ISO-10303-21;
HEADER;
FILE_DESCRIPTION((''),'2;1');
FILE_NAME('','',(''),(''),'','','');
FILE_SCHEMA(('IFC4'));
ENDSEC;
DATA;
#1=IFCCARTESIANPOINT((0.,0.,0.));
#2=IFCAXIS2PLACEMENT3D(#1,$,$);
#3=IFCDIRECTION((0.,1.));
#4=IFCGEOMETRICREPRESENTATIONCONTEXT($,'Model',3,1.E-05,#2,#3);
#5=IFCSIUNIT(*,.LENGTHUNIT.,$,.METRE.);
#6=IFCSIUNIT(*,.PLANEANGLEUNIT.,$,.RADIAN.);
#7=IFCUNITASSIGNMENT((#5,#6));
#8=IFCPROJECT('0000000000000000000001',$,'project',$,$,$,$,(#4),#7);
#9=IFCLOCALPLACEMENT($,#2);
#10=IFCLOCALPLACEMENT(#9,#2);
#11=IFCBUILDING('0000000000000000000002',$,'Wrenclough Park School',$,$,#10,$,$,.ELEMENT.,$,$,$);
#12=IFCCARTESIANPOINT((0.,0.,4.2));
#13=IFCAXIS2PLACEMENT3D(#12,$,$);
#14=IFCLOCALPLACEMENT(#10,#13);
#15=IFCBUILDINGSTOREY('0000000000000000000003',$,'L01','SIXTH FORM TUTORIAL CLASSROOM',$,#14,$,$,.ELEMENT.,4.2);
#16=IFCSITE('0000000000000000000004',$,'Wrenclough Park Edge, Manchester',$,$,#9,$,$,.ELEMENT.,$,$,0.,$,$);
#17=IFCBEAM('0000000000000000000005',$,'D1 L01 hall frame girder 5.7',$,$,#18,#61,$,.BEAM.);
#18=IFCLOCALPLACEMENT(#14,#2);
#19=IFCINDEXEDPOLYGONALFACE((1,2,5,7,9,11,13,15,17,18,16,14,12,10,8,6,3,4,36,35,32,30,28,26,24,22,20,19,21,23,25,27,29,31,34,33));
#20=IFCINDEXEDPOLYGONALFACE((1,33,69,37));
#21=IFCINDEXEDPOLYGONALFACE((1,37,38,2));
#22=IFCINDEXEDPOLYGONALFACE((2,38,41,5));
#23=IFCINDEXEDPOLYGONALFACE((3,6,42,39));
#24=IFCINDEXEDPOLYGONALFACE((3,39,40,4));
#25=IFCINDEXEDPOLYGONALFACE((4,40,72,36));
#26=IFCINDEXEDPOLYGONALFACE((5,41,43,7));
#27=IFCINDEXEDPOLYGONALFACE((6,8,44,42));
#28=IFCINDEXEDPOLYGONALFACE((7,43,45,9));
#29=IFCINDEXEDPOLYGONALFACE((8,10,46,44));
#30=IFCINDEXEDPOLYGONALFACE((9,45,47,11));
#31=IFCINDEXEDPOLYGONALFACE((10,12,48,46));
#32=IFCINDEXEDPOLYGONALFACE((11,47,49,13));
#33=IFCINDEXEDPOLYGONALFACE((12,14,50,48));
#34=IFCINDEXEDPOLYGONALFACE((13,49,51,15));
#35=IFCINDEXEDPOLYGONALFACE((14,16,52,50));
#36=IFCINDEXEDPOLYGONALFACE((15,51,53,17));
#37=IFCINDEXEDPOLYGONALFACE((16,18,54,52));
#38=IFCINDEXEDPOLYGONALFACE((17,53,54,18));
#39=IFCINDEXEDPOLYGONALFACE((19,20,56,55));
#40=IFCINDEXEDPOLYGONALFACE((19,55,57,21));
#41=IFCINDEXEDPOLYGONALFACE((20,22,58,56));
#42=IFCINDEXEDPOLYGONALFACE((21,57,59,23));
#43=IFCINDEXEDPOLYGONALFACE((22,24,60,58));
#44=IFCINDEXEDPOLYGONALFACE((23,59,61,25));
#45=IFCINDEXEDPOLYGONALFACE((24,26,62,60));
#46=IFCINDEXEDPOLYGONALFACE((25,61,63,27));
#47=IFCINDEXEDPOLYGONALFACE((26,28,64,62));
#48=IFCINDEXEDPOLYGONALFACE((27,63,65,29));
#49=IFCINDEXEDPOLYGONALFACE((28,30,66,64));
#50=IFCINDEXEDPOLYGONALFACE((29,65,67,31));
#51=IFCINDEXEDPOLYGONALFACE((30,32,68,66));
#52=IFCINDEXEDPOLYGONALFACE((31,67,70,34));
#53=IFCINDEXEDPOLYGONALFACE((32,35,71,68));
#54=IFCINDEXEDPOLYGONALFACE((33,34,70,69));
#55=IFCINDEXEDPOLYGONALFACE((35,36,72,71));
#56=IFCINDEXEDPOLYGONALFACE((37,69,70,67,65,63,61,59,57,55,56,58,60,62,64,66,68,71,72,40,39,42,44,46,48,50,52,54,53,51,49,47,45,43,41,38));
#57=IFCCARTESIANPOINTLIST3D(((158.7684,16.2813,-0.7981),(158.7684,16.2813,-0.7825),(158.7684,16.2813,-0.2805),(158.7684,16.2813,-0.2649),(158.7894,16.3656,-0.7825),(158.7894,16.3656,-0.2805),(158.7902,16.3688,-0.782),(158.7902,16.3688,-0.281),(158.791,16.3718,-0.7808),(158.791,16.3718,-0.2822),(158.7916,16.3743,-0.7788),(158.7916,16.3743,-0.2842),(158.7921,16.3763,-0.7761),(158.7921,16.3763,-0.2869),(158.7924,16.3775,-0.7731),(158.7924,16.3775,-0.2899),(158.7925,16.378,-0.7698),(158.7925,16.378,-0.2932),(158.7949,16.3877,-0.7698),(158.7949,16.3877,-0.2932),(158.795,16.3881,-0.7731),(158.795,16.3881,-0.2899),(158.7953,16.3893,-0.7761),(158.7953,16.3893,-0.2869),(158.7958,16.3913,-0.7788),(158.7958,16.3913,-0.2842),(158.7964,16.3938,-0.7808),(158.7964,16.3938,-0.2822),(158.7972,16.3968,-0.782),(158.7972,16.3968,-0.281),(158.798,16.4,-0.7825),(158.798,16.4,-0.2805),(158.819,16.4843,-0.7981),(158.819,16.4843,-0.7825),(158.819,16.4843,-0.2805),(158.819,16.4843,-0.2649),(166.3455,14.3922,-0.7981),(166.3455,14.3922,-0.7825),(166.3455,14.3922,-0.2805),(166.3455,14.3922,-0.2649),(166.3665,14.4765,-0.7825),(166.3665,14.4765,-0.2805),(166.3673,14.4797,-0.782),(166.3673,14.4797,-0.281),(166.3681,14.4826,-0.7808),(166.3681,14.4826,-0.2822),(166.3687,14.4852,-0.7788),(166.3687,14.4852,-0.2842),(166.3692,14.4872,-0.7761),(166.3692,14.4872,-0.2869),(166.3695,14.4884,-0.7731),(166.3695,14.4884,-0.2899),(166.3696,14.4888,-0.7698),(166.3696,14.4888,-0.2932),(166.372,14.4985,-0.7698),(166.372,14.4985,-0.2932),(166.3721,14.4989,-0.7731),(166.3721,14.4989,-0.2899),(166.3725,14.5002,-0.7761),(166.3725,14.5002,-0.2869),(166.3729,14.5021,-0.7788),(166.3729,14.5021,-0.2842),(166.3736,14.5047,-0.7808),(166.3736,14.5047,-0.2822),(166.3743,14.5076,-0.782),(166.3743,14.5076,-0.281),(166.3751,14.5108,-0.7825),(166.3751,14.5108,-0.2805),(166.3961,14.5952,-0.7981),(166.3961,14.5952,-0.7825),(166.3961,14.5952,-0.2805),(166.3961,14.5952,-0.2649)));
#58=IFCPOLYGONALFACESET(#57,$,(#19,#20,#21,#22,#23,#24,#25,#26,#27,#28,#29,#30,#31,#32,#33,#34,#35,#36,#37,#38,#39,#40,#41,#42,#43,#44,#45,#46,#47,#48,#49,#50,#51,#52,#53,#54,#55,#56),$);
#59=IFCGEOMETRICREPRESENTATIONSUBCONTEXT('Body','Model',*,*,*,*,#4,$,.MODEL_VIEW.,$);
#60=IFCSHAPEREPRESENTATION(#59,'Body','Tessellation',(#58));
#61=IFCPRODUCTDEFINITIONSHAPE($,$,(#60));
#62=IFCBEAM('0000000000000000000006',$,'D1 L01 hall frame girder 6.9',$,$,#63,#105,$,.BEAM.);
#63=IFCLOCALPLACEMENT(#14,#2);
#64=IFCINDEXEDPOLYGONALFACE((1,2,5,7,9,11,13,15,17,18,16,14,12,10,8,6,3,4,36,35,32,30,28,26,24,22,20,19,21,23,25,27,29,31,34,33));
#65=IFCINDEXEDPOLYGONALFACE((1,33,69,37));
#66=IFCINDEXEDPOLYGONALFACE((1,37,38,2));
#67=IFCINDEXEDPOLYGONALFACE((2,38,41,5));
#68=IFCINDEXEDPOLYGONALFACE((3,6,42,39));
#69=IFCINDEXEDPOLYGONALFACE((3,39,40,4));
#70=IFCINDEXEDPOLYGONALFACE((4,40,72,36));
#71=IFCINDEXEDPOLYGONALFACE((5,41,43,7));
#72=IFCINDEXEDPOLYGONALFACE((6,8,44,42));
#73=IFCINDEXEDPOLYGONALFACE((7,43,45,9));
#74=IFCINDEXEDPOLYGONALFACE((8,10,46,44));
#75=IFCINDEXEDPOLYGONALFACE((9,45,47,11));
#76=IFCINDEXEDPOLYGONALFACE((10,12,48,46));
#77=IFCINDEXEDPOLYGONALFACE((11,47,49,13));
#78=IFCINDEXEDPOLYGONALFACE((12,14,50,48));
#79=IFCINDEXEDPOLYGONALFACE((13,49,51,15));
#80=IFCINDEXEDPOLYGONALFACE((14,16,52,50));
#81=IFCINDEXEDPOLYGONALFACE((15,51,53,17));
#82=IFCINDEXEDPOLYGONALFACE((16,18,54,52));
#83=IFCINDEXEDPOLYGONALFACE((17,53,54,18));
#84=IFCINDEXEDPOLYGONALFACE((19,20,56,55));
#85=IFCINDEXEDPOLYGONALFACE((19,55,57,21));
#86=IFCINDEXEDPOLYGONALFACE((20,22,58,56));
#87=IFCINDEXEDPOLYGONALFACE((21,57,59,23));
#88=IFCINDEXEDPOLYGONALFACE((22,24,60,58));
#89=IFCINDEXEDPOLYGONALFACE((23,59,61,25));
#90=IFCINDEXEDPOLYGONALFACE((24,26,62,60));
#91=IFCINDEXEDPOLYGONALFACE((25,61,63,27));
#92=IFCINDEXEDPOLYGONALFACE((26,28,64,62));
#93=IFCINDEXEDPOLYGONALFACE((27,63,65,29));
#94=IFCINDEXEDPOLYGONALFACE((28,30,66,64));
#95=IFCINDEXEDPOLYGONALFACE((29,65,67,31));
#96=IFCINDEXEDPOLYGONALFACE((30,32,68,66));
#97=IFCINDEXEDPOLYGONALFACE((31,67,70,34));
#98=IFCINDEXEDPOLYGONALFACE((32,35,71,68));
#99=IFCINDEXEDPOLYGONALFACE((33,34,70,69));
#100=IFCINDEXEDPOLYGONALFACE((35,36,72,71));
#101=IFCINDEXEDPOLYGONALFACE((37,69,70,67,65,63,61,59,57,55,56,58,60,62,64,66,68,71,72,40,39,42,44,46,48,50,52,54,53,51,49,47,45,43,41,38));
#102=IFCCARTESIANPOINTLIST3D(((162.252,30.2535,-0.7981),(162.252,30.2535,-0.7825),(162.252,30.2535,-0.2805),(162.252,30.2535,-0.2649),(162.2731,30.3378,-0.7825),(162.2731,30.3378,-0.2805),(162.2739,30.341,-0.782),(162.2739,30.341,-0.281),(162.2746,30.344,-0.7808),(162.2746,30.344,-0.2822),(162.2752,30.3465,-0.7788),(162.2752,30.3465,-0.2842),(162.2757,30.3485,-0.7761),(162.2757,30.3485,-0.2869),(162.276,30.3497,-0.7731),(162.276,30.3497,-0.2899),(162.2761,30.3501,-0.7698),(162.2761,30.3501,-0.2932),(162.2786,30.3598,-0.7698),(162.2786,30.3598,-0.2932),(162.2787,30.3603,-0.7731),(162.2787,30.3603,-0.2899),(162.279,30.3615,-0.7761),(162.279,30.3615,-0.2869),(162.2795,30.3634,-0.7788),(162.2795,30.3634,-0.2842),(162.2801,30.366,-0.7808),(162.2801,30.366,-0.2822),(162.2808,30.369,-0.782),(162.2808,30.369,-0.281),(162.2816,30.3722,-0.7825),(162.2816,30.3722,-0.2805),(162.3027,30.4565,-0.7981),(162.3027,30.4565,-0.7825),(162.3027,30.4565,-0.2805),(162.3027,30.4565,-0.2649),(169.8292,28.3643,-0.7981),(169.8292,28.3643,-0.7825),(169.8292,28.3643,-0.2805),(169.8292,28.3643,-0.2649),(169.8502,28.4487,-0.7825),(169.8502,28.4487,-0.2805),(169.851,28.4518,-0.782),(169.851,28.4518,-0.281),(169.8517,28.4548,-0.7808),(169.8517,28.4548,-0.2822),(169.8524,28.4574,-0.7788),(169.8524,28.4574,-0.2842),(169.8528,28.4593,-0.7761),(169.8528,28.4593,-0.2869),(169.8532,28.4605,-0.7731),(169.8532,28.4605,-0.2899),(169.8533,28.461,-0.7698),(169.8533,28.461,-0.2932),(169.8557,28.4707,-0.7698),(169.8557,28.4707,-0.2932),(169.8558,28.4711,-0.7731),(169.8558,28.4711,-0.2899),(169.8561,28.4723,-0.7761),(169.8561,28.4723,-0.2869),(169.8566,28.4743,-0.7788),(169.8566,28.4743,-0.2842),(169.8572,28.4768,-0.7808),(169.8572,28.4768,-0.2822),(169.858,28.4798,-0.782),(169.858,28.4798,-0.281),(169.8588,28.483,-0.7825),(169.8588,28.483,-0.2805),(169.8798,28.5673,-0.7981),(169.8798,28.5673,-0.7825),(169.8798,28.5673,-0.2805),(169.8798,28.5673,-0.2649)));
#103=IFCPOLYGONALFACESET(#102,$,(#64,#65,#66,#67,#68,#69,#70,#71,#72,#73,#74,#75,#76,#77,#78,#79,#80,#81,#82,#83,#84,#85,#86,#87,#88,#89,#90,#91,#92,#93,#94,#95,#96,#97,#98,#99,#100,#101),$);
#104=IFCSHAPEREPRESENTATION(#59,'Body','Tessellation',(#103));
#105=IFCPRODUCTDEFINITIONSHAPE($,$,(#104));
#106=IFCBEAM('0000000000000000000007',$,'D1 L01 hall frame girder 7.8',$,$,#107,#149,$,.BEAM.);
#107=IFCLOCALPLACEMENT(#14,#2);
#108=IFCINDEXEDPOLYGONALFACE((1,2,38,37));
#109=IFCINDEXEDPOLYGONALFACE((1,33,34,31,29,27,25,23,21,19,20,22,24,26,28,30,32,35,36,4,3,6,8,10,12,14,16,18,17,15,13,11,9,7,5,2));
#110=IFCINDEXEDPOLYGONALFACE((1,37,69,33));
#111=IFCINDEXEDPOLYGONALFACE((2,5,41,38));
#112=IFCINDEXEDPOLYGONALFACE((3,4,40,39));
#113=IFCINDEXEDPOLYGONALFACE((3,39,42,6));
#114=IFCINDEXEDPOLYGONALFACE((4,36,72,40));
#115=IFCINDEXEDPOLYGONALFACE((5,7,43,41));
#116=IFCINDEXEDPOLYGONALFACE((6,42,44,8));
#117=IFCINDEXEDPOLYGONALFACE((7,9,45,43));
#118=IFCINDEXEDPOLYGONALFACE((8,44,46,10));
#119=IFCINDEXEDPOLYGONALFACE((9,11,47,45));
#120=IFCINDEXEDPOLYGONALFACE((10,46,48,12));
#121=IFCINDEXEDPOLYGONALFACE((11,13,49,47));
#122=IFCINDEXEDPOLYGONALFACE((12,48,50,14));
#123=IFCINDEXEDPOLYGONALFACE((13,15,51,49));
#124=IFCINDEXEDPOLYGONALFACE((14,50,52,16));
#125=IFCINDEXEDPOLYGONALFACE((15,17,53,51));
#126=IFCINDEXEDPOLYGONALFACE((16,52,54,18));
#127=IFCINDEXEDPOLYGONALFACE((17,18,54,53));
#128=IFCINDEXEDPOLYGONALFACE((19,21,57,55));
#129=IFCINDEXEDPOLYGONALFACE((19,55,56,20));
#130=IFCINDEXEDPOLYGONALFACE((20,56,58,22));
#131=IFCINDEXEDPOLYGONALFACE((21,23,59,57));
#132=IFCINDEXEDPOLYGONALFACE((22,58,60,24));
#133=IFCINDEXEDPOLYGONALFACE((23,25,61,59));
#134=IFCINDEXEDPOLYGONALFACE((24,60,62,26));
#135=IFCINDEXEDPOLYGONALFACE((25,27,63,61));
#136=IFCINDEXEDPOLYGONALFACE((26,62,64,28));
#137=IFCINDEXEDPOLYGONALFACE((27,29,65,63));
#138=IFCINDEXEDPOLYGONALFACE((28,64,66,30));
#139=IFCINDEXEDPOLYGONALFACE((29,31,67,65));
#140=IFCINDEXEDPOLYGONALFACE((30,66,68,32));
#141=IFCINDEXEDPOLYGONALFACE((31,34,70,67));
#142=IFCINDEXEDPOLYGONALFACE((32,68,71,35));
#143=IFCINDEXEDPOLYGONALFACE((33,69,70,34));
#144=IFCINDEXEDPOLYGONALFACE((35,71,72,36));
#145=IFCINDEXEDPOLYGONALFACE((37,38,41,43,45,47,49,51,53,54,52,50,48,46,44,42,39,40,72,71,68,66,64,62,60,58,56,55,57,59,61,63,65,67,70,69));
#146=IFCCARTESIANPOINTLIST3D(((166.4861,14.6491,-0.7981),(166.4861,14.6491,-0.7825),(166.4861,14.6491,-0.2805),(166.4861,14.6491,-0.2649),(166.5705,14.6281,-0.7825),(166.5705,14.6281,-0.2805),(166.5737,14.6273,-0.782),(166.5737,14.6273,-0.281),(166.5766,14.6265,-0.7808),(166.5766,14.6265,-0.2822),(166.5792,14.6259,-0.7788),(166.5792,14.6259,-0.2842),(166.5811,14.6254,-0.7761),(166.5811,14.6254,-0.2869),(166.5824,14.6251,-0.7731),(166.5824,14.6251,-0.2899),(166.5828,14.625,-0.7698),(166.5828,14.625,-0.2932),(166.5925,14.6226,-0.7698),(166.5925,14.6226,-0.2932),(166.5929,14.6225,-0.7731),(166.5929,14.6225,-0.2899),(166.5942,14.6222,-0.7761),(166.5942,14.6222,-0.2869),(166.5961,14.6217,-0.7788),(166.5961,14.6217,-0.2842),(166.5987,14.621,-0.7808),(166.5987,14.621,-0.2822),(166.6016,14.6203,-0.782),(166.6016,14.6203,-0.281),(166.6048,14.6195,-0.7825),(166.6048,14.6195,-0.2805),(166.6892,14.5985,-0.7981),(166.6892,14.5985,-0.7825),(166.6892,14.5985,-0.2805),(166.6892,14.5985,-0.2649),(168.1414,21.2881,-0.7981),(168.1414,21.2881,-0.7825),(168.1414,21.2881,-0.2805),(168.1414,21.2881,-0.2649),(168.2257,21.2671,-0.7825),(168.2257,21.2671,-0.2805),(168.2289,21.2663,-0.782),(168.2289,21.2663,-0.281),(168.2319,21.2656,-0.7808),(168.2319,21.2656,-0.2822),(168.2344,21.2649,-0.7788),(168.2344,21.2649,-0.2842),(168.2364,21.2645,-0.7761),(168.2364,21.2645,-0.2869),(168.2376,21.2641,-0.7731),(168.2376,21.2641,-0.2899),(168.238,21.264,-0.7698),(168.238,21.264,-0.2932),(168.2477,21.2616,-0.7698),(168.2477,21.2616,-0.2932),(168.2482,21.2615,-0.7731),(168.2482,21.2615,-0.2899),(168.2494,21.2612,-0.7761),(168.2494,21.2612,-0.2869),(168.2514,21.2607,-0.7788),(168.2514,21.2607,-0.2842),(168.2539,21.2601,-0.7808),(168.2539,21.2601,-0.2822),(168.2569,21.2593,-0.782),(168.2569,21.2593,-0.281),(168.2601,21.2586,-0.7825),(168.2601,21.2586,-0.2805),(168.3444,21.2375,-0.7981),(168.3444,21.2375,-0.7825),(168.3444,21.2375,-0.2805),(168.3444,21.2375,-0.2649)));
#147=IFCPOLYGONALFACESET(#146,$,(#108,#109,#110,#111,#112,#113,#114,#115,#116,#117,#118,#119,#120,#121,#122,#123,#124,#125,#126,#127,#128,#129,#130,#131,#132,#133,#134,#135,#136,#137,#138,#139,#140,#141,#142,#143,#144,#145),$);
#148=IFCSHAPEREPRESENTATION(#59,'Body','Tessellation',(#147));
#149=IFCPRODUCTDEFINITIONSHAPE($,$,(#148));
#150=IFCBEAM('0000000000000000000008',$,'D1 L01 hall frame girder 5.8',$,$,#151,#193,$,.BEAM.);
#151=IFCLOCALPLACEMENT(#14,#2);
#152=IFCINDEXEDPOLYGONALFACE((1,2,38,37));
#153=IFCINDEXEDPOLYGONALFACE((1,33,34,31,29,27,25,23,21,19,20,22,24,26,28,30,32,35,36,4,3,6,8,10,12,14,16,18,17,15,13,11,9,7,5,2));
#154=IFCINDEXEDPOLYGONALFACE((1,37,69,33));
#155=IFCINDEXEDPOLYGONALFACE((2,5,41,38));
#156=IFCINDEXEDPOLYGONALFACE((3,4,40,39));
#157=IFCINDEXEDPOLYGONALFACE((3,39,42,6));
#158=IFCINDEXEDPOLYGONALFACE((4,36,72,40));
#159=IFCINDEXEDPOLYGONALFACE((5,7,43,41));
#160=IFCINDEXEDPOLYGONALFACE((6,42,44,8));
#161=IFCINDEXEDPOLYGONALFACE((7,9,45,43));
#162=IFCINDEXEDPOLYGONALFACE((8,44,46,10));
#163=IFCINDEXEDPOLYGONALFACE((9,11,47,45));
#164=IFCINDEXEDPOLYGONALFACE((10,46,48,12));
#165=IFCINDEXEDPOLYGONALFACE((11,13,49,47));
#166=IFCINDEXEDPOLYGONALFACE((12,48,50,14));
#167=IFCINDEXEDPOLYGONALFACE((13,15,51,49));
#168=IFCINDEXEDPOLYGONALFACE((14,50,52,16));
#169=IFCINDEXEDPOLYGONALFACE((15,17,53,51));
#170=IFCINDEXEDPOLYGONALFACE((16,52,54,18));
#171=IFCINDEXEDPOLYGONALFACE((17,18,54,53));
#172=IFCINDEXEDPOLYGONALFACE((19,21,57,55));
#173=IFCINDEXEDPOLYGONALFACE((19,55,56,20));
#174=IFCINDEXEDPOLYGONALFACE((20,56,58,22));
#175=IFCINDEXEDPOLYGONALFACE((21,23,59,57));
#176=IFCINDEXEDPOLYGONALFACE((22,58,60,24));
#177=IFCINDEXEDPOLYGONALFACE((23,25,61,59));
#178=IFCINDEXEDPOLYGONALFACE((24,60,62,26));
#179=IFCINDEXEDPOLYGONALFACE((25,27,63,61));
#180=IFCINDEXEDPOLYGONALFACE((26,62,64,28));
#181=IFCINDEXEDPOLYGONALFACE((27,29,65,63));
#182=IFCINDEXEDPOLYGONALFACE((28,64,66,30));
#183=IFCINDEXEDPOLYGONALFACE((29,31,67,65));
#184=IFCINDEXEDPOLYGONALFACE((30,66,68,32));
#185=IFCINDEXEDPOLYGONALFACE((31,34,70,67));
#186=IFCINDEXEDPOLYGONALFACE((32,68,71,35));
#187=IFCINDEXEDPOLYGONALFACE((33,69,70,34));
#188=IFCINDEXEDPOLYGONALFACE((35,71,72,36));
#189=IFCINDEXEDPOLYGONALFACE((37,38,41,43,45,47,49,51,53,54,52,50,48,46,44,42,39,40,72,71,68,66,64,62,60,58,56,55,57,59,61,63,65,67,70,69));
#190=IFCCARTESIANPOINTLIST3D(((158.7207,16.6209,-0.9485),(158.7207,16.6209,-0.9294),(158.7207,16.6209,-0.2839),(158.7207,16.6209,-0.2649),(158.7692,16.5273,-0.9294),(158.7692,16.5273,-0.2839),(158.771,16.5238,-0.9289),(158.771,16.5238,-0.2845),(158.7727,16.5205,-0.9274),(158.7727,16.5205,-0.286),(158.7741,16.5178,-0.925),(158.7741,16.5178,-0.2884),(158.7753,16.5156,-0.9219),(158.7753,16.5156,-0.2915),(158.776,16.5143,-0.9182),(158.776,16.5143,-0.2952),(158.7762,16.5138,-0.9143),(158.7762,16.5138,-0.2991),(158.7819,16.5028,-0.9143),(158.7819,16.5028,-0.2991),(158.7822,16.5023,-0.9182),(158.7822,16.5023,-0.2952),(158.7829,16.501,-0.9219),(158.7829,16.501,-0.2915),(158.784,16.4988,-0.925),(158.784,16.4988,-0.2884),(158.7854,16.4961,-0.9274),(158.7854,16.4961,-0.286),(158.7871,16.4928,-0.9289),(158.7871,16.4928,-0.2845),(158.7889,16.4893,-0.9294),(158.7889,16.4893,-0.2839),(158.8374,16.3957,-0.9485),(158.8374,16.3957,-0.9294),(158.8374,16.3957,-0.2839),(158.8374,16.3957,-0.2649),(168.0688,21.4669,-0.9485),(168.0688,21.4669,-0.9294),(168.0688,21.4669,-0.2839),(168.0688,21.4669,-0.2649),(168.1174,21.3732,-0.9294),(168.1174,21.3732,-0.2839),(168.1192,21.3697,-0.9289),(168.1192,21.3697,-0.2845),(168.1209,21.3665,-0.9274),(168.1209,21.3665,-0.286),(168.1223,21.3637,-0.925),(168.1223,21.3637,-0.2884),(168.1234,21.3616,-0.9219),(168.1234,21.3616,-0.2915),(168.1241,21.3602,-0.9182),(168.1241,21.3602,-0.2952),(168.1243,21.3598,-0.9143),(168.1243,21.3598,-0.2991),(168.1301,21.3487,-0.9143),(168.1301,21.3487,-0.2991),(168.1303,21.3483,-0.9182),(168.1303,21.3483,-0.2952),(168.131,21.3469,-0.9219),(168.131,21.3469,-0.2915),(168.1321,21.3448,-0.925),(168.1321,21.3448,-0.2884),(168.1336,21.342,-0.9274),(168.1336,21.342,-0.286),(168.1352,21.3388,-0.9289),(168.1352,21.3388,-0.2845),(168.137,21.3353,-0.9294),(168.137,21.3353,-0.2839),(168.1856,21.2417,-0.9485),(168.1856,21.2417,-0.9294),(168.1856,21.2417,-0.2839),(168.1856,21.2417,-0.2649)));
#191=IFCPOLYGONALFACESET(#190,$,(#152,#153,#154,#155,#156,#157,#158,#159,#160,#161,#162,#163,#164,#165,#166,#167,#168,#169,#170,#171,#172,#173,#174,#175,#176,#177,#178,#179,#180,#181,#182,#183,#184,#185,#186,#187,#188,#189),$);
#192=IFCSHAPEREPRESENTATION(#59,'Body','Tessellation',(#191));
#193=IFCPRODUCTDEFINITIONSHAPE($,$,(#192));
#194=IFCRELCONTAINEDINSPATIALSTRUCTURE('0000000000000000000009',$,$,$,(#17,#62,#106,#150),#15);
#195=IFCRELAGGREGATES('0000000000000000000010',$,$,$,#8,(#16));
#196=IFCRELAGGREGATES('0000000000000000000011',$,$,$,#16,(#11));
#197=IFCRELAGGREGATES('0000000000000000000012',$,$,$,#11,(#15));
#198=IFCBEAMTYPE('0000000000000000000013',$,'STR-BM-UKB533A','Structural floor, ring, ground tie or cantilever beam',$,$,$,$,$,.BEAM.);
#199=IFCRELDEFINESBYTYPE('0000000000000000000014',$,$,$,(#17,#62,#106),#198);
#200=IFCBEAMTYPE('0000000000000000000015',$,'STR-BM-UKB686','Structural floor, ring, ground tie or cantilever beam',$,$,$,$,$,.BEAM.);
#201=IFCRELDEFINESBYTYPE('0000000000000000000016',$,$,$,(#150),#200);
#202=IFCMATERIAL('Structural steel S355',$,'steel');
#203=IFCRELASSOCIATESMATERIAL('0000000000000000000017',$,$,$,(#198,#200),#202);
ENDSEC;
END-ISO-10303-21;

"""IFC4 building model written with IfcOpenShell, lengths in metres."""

from ifc_helpers import new_model, si_unit, direction, frame, origin, origin_2d, place, context, subcontext, project, spatial, i_section, extrude, material, material_profile, profile_set, type_object, element, save


model = new_model("IFC4")

# Units and contexts
model_context = context("Model", 3, precision=1e-05, world=origin(), true_north=direction((0.0, 1.0)))
body_context = subcontext(model_context, "Body", "Model", "MODEL_VIEW")
ifc_project = project(units=[si_unit("LENGTHUNIT", "METRE"), si_unit("PLANEANGLEUNIT", "RADIAN")], contexts=[model_context])

# Site, building, storey
site_placement = place(None, origin())
site = spatial("IfcSite", under=ifc_project, at=site_placement, Name="Wrenclough Park Edge, Manchester", CompositionType="ELEMENT", RefElevation=0.0)
building_placement = place(site_placement, origin())
building = spatial("IfcBuilding", under=site, at=building_placement, Name="Wrenclough Park School", CompositionType="ELEMENT")
storey_placement = place(building_placement, frame((0.0, 0.0, 4.2)))
storey = spatial("IfcBuildingStorey", under=building, at=storey_placement, Name="L01", Description="SIXTH FORM TUTORIAL CLASSROOM", CompositionType="ELEMENT", Elevation=4.2)

# Shared definitions
ifc_material_1 = material(Name="Structural steel S355", Category="steel")

# Beams
ifc_material_profile_1 = material_profile(ifc_material_1, i_section(OverallWidth=0.2092, OverallDepth=0.5332, WebThickness=0.01, FlangeThickness=0.0156, FilletRadius=0.0127, at=origin_2d()), Name="UKB 533x210x92")
ifc_profile_set_1 = profile_set([ifc_material_profile_1], Name="Structural steel S355")
beam_type_1 = type_object("IfcBeamType", Name="STR-BM-UKB533A", Description="Structural floor, ring, ground tie or cantilever beam", PredefinedType="BEAM", material=ifc_profile_set_1)
for number, where, z_axis, x_axis, name in (
    (1, (158.7937, 16.3828, -0.5315), (0.970297, -0.241918, 0.0), (0.241918, 0.970297, 0.0), "D1 L01 hall frame girder 5.7"),
    (2, (162.2773, 30.355, -0.5315), (0.970297, -0.241918, 0.0), (0.241918, 0.970297, 0.0), "D1 L01 hall frame girder 6.9"),
):
    element("IfcBeam", number, at=place(storey_placement, frame(where, z_axis=z_axis, x_axis=x_axis)), inside=storey, type_object=beam_type_1, Name=name, PredefinedType="BEAM", context=body_context, shape_type="SweptSolid", body=[
        extrude(i_section(OverallWidth=0.2092, OverallDepth=0.5332, WebThickness=0.01, FlangeThickness=0.0156, FilletRadius=0.0127, at=origin_2d()), origin(), (0.0, 0.0, 1.0), 7.8091),
    ])
beam_1_placement = place(storey_placement, frame((166.5876, 14.6238, -0.5315), z_axis=(0.241914, 0.970298, 0.0), x_axis=(-0.970298, 0.241914, 0.0)))
element("IfcBeam", 3, at=beam_1_placement, inside=storey, type_object=beam_type_1, Name="D1 L01 hall frame girder 7.8", PredefinedType="BEAM", context=body_context, shape_type="SweptSolid", body=[
    extrude(i_section(OverallWidth=0.2092, OverallDepth=0.5332, WebThickness=0.01, FlangeThickness=0.0156, FilletRadius=0.0127, at=origin_2d()), origin(), (0.0, 0.0, 1.0), 6.8423),
])
ifc_material_profile_2 = material_profile(ifc_material_1, i_section(OverallWidth=0.2537, OverallDepth=0.6836, WebThickness=0.0125, FlangeThickness=0.019, FilletRadius=0.0151, at=origin_2d()), Name="UKB 686x254x140")
ifc_profile_set_2 = profile_set([ifc_material_profile_2], Name="Structural steel S355")
beam_type_2 = type_object("IfcBeamType", Name="STR-BM-UKB686", Description="Structural floor, ring, ground tie or cantilever beam", PredefinedType="BEAM", material=ifc_profile_set_2)
for number, where, z_axis, x_axis, name in (
    (4, (158.7791, 16.5083, -0.6067), (0.887803, 0.460224, 0.0), (-0.460224, 0.887803, 0.0), "D1 L01 hall frame girder 5.8"),
):
    element("IfcBeam", number, at=place(storey_placement, frame(where, z_axis=z_axis, x_axis=x_axis)), inside=storey, type_object=beam_type_2, Name=name, PredefinedType="BEAM", context=body_context, shape_type="SweptSolid", body=[
        extrude(i_section(OverallWidth=0.2537, OverallDepth=0.6836, WebThickness=0.0125, FlangeThickness=0.019, FilletRadius=0.0151, at=origin_2d()), origin(), (0.0, 0.0, 1.0), 10.5295),
    ])

save(model, "model.ifc")
